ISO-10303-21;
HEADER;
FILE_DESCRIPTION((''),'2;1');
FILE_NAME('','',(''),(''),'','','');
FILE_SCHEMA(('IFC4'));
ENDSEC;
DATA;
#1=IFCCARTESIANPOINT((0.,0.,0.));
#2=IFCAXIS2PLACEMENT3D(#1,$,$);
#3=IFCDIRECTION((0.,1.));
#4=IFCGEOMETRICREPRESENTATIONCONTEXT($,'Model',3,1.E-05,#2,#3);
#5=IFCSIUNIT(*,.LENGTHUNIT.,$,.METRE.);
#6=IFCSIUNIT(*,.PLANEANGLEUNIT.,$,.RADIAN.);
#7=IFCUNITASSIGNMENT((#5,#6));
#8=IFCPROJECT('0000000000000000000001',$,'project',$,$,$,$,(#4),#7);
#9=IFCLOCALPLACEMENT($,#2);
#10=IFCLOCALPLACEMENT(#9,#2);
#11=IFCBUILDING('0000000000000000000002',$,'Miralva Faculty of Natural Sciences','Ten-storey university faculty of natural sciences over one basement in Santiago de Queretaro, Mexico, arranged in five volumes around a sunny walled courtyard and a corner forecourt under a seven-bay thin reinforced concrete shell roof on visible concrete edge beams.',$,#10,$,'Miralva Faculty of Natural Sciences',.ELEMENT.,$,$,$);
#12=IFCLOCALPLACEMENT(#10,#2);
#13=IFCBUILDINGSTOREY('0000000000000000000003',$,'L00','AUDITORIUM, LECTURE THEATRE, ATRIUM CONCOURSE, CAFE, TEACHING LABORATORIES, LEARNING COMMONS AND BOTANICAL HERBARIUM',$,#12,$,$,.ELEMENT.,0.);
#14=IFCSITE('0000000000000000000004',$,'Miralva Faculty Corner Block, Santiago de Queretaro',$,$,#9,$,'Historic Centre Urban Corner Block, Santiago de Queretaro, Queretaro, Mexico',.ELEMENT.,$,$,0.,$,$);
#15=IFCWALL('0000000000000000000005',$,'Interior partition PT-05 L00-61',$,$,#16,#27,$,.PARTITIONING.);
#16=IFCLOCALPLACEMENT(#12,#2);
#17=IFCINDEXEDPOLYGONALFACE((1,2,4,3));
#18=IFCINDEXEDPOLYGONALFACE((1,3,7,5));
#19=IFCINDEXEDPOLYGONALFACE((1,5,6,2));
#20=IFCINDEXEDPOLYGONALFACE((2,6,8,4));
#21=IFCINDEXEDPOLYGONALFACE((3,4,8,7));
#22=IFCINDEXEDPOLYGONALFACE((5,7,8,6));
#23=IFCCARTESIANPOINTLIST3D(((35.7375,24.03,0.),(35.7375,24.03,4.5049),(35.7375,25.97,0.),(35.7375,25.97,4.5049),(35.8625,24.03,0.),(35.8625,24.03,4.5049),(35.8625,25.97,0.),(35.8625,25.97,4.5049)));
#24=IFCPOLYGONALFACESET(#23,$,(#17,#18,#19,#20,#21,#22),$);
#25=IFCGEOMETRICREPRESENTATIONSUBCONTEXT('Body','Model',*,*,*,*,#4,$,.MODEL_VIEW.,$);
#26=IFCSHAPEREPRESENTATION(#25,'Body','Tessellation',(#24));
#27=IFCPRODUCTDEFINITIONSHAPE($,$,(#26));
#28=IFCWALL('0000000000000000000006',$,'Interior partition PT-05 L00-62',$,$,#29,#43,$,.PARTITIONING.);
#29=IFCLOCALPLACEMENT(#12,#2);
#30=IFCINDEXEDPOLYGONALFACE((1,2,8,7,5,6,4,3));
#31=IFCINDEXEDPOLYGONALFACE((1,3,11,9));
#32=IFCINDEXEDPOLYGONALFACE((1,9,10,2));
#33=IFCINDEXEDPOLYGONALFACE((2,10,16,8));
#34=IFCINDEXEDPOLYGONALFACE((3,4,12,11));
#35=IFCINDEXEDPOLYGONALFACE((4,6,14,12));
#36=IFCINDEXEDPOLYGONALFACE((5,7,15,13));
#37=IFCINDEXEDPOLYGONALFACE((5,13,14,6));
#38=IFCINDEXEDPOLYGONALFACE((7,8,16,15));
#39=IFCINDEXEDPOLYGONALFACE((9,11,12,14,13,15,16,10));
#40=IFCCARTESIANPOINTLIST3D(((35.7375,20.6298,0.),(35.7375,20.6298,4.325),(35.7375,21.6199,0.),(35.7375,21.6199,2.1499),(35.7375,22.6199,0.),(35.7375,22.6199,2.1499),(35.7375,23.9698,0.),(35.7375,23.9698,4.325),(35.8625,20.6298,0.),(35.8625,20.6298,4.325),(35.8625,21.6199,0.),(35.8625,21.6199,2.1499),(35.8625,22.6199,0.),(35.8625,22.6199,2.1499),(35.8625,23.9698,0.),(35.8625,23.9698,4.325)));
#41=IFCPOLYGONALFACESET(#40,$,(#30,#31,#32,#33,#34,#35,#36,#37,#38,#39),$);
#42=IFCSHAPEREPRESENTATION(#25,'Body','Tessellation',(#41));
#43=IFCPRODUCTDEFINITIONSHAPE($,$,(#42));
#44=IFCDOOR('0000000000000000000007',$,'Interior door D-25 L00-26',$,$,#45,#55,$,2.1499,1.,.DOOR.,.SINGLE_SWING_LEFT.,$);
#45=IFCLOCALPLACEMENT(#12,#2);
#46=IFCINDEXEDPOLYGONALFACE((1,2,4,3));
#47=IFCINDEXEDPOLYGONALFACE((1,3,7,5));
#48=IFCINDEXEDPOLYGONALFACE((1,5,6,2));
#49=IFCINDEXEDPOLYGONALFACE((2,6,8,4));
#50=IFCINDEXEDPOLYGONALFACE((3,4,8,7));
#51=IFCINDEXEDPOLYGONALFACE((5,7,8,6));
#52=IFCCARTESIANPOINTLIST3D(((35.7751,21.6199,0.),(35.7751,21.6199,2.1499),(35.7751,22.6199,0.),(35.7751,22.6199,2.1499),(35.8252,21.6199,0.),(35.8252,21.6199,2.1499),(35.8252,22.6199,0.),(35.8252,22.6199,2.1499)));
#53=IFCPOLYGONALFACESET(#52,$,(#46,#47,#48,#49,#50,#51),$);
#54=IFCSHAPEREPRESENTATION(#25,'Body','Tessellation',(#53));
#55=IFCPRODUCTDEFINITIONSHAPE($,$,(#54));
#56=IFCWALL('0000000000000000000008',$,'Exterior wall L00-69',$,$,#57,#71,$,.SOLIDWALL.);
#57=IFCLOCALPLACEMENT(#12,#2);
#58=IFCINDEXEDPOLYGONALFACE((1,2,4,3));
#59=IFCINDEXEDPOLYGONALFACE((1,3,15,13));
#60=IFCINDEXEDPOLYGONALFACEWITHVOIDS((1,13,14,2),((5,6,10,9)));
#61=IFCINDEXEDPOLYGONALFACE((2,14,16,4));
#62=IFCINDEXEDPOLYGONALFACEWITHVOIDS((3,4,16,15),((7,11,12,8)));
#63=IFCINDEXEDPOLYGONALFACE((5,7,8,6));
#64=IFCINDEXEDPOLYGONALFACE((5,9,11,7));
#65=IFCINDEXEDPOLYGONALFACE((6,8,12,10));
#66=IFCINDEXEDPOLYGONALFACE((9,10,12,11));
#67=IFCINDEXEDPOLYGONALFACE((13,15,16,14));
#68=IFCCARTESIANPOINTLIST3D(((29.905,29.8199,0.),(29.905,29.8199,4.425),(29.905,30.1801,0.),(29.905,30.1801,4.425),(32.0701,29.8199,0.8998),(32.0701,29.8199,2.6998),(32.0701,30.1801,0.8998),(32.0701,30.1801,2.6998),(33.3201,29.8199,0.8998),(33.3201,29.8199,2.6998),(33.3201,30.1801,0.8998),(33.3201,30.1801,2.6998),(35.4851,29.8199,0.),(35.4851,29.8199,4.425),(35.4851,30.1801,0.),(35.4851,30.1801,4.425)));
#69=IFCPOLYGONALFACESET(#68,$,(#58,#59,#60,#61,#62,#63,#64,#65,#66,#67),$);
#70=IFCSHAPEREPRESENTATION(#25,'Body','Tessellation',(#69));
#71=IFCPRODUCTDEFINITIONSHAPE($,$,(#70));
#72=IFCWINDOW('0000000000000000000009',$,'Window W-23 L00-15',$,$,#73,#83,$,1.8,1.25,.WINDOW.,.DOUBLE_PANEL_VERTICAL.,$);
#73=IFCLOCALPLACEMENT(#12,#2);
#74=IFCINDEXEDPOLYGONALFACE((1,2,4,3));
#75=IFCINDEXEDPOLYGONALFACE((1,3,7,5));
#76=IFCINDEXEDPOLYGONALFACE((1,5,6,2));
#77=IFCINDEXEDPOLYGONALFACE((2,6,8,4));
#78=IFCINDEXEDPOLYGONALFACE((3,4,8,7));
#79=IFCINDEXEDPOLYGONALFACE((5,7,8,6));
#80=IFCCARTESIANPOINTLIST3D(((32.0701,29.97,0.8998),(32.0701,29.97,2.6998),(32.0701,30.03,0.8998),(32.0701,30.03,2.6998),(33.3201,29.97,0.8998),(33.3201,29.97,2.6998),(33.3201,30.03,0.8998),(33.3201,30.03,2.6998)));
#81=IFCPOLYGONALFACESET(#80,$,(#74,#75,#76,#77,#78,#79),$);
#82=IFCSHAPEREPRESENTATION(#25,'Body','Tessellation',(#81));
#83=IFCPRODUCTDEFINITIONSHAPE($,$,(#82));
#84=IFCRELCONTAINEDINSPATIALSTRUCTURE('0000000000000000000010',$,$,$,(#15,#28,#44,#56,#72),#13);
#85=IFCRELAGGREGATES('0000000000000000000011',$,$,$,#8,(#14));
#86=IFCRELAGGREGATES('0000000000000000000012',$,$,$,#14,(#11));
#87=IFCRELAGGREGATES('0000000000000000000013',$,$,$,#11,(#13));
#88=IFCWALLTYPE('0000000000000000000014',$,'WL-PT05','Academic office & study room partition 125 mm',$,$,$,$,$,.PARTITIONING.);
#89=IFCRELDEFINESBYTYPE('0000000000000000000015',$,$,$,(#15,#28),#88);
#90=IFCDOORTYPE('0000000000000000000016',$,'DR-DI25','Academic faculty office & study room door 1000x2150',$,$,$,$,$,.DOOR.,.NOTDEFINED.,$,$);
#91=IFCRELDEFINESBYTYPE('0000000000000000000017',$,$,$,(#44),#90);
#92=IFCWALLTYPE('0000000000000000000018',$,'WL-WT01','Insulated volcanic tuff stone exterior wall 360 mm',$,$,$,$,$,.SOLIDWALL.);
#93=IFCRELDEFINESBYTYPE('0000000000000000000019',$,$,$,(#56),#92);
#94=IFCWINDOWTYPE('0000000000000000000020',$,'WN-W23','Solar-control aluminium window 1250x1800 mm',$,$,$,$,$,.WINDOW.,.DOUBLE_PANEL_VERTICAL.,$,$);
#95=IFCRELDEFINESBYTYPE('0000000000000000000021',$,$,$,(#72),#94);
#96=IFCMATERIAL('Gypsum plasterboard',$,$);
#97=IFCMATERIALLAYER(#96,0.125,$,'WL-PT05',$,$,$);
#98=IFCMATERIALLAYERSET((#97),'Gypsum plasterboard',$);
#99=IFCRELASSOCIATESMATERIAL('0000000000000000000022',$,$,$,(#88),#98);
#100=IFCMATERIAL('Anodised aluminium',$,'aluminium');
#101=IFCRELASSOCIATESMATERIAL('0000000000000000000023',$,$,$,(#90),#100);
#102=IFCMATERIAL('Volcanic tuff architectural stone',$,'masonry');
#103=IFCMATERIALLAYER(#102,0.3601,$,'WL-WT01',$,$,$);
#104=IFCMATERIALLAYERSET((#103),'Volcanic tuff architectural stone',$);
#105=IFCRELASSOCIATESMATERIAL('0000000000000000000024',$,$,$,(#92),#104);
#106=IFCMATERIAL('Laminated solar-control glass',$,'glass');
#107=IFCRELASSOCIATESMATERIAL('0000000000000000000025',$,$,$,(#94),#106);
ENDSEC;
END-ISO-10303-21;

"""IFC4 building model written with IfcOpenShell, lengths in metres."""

from ifc_helpers import new_model, si_unit, direction, frame, frame_2d, origin, place, context, subcontext, project, spatial, rectangle, extrude, material, layer, layer_set, type_object, element, fill, save


model = new_model("IFC4")

# Units and contexts
model_context = context("Model", 3, precision=1e-05, world=origin(), true_north=direction((0.0, 1.0)))
body_context = subcontext(model_context, "Body", "Model", "MODEL_VIEW")
ifc_project = project(units=[si_unit("LENGTHUNIT", "METRE"), si_unit("PLANEANGLEUNIT", "RADIAN")], contexts=[model_context])

# Site, building, storey
site_placement = place(None, origin())
site = spatial("IfcSite", under=ifc_project, at=site_placement, Name="Miralva Faculty Corner Block, Santiago de Queretaro", LongName="Historic Centre Urban Corner Block, Santiago de Queretaro, Queretaro, Mexico", CompositionType="ELEMENT", RefElevation=0.0)
building_placement = place(site_placement, origin())
building = spatial("IfcBuilding", under=site, at=building_placement, Name="Miralva Faculty of Natural Sciences", Description="Ten-storey university faculty of natural sciences over one basement in Santiago de Queretaro, Mexico, arranged in five volumes around a sunny walled courtyard and a corner forecourt under a seven-bay thin reinforced concrete shell roof on visible concrete edge beams.", LongName="Miralva Faculty of Natural Sciences", CompositionType="ELEMENT")
storey_placement = place(building_placement, origin())
storey = spatial("IfcBuildingStorey", under=building, at=storey_placement, Name="L00", Description="AUDITORIUM, LECTURE THEATRE, ATRIUM CONCOURSE, CAFE, TEACHING LABORATORIES, LEARNING COMMONS AND BOTANICAL HERBARIUM", CompositionType="ELEMENT", Elevation=0.0)

# Shared definitions
ifc_material_1 = material(Name="Laminated solar-control glass", Category="glass")
ifc_material_2 = material(Name="Anodised aluminium", Category="aluminium")

# Wall
ifc_material_3 = material(Name="Gypsum plasterboard")
ifc_layer_1 = layer(ifc_material_3, 0.125, Name="WL-PT05")
ifc_layer_set_1 = layer_set([ifc_layer_1], Name="Gypsum plasterboard")
wall_type_1 = type_object("IfcWallType", Name="WL-PT05", Description="Academic office & study room partition 125 mm", PredefinedType="PARTITIONING", material=ifc_layer_set_1)
wall_1_placement = place(storey_placement, frame((35.8, 24.03, 0.0), z_axis=(0.0, 0.0, 1.0), x_axis=(0.0, 1.0, 0.0)))
element("IfcWall", 1, at=wall_1_placement, inside=storey, type_object=wall_type_1, Name="Interior partition PT-05 L00-61", PredefinedType="PARTITIONING", context=body_context, shape_type="SweptSolid", body=[
    extrude(rectangle(XDim=1.9399, YDim=0.125, at=frame_2d((0.97, 0.0))), origin(), (0.0, 0.0, 1.0), 4.5049),
])

# Wall, opening, door
wall_2_placement = place(storey_placement, frame((35.8, 20.6299, 0.0), z_axis=(0.0, 0.0, 1.0), x_axis=(0.0, 1.0, 0.0)))
wall_2 = element("IfcWall", 2, at=wall_2_placement, inside=storey, type_object=wall_type_1, Name="Interior partition PT-05 L00-62", PredefinedType="PARTITIONING", context=body_context, shape_type="SweptSolid", body=[
    extrude(rectangle(XDim=3.3401, YDim=0.125, at=frame_2d((1.6699, 0.0))), origin(), (0.0, 0.0, 1.0), 4.325),
])
opening_1_placement = place(wall_2_placement, frame((0.99, 0.0, 0.0)))
opening_1 = element("IfcOpeningElement", 3, at=opening_1_placement, cuts=wall_2, PredefinedType="OPENING", context=body_context, shape_type="SweptSolid", body=[
    extrude(rectangle(XDim=1.0, YDim=2.1499, at=frame_2d((0.5, 1.075))), frame((0.0, 0.0725, 0.0), z_axis=(0.0, -1.0, 0.0), x_axis=(1.0, 0.0, 0.0)), (0.0, 0.0, 1.0), 0.145),
])
door_type = type_object("IfcDoorType", Name="DR-DI25", Description="Academic faculty office & study room door 1000x2150", OperationType="NOTDEFINED", PredefinedType="DOOR", material=ifc_material_2)
door_placement = place(opening_1_placement, origin())
door = element("IfcDoor", 4, at=door_placement, inside=storey, type_object=door_type, Name="Interior door D-25 L00-26", OperationType="SINGLE_SWING_LEFT", OverallHeight=2.1499, OverallWidth=1.0, PredefinedType="DOOR", context=body_context, shape_type="SweptSolid", body=[
    extrude(rectangle(XDim=1.0, YDim=2.1499, at=frame_2d((0.5, 1.075))), frame((0.0, 0.0249, 0.0), z_axis=(0.0, -1.0, 0.0), x_axis=(1.0, 0.0, 0.0)), (0.0, 0.0, 1.0), 0.05),
])
fill(opening_1, door)

# Wall, opening, window
ifc_material_4 = material(Name="Volcanic tuff architectural stone", Category="masonry")
ifc_layer_2 = layer(ifc_material_4, 0.3601, Name="WL-WT01")
ifc_layer_set_2 = layer_set([ifc_layer_2], Name="Volcanic tuff architectural stone")
wall_type_2 = type_object("IfcWallType", Name="WL-WT01", Description="Insulated volcanic tuff stone exterior wall 360 mm", PredefinedType="SOLIDWALL", material=ifc_layer_set_2)
wall_3_placement = place(storey_placement, frame((29.905, 30.0, 0.0), z_axis=(0.0, 0.0, 1.0), x_axis=(1.0, 0.0, 0.0)))
wall_3 = element("IfcWall", 5, at=wall_3_placement, inside=storey, type_object=wall_type_2, Name="Exterior wall L00-69", PredefinedType="SOLIDWALL", context=body_context, shape_type="SweptSolid", body=[
    extrude(rectangle(XDim=5.5801, YDim=0.3601, at=frame_2d((2.79, 0.0))), origin(), (0.0, 0.0, 1.0), 4.425),
])
opening_2_placement = place(wall_3_placement, frame((2.165, 0.0, 0.8999)))
opening_2 = element("IfcOpeningElement", 6, at=opening_2_placement, cuts=wall_3, PredefinedType="OPENING", context=body_context, shape_type="SweptSolid", body=[
    extrude(rectangle(XDim=1.25, YDim=1.8, at=frame_2d((0.625, 0.8999))), frame((0.0, 0.1899, 0.0), z_axis=(0.0, -1.0, 0.0), x_axis=(1.0, 0.0, 0.0)), (0.0, 0.0, 1.0), 0.3801),
])
window_type = type_object("IfcWindowType", Name="WN-W23", Description="Solar-control aluminium window 1250x1800 mm", PartitioningType="DOUBLE_PANEL_VERTICAL", PredefinedType="WINDOW", material=ifc_material_1)
window_placement = place(opening_2_placement, origin())
window = element("IfcWindow", 7, at=window_placement, inside=storey, type_object=window_type, Name="Window W-23 L00-15", OverallHeight=1.8, OverallWidth=1.25, PartitioningType="DOUBLE_PANEL_VERTICAL", PredefinedType="WINDOW", context=body_context, shape_type="SweptSolid", body=[
    extrude(rectangle(XDim=1.25, YDim=1.8, at=frame_2d((0.625, 0.8999))), frame((0.0, 0.03, 0.0), z_axis=(0.0, -1.0, 0.0), x_axis=(1.0, 0.0, 0.0)), (0.0, 0.0, 1.0), 0.0601),
])
fill(opening_2, window)

save(model, "model.ifc")
